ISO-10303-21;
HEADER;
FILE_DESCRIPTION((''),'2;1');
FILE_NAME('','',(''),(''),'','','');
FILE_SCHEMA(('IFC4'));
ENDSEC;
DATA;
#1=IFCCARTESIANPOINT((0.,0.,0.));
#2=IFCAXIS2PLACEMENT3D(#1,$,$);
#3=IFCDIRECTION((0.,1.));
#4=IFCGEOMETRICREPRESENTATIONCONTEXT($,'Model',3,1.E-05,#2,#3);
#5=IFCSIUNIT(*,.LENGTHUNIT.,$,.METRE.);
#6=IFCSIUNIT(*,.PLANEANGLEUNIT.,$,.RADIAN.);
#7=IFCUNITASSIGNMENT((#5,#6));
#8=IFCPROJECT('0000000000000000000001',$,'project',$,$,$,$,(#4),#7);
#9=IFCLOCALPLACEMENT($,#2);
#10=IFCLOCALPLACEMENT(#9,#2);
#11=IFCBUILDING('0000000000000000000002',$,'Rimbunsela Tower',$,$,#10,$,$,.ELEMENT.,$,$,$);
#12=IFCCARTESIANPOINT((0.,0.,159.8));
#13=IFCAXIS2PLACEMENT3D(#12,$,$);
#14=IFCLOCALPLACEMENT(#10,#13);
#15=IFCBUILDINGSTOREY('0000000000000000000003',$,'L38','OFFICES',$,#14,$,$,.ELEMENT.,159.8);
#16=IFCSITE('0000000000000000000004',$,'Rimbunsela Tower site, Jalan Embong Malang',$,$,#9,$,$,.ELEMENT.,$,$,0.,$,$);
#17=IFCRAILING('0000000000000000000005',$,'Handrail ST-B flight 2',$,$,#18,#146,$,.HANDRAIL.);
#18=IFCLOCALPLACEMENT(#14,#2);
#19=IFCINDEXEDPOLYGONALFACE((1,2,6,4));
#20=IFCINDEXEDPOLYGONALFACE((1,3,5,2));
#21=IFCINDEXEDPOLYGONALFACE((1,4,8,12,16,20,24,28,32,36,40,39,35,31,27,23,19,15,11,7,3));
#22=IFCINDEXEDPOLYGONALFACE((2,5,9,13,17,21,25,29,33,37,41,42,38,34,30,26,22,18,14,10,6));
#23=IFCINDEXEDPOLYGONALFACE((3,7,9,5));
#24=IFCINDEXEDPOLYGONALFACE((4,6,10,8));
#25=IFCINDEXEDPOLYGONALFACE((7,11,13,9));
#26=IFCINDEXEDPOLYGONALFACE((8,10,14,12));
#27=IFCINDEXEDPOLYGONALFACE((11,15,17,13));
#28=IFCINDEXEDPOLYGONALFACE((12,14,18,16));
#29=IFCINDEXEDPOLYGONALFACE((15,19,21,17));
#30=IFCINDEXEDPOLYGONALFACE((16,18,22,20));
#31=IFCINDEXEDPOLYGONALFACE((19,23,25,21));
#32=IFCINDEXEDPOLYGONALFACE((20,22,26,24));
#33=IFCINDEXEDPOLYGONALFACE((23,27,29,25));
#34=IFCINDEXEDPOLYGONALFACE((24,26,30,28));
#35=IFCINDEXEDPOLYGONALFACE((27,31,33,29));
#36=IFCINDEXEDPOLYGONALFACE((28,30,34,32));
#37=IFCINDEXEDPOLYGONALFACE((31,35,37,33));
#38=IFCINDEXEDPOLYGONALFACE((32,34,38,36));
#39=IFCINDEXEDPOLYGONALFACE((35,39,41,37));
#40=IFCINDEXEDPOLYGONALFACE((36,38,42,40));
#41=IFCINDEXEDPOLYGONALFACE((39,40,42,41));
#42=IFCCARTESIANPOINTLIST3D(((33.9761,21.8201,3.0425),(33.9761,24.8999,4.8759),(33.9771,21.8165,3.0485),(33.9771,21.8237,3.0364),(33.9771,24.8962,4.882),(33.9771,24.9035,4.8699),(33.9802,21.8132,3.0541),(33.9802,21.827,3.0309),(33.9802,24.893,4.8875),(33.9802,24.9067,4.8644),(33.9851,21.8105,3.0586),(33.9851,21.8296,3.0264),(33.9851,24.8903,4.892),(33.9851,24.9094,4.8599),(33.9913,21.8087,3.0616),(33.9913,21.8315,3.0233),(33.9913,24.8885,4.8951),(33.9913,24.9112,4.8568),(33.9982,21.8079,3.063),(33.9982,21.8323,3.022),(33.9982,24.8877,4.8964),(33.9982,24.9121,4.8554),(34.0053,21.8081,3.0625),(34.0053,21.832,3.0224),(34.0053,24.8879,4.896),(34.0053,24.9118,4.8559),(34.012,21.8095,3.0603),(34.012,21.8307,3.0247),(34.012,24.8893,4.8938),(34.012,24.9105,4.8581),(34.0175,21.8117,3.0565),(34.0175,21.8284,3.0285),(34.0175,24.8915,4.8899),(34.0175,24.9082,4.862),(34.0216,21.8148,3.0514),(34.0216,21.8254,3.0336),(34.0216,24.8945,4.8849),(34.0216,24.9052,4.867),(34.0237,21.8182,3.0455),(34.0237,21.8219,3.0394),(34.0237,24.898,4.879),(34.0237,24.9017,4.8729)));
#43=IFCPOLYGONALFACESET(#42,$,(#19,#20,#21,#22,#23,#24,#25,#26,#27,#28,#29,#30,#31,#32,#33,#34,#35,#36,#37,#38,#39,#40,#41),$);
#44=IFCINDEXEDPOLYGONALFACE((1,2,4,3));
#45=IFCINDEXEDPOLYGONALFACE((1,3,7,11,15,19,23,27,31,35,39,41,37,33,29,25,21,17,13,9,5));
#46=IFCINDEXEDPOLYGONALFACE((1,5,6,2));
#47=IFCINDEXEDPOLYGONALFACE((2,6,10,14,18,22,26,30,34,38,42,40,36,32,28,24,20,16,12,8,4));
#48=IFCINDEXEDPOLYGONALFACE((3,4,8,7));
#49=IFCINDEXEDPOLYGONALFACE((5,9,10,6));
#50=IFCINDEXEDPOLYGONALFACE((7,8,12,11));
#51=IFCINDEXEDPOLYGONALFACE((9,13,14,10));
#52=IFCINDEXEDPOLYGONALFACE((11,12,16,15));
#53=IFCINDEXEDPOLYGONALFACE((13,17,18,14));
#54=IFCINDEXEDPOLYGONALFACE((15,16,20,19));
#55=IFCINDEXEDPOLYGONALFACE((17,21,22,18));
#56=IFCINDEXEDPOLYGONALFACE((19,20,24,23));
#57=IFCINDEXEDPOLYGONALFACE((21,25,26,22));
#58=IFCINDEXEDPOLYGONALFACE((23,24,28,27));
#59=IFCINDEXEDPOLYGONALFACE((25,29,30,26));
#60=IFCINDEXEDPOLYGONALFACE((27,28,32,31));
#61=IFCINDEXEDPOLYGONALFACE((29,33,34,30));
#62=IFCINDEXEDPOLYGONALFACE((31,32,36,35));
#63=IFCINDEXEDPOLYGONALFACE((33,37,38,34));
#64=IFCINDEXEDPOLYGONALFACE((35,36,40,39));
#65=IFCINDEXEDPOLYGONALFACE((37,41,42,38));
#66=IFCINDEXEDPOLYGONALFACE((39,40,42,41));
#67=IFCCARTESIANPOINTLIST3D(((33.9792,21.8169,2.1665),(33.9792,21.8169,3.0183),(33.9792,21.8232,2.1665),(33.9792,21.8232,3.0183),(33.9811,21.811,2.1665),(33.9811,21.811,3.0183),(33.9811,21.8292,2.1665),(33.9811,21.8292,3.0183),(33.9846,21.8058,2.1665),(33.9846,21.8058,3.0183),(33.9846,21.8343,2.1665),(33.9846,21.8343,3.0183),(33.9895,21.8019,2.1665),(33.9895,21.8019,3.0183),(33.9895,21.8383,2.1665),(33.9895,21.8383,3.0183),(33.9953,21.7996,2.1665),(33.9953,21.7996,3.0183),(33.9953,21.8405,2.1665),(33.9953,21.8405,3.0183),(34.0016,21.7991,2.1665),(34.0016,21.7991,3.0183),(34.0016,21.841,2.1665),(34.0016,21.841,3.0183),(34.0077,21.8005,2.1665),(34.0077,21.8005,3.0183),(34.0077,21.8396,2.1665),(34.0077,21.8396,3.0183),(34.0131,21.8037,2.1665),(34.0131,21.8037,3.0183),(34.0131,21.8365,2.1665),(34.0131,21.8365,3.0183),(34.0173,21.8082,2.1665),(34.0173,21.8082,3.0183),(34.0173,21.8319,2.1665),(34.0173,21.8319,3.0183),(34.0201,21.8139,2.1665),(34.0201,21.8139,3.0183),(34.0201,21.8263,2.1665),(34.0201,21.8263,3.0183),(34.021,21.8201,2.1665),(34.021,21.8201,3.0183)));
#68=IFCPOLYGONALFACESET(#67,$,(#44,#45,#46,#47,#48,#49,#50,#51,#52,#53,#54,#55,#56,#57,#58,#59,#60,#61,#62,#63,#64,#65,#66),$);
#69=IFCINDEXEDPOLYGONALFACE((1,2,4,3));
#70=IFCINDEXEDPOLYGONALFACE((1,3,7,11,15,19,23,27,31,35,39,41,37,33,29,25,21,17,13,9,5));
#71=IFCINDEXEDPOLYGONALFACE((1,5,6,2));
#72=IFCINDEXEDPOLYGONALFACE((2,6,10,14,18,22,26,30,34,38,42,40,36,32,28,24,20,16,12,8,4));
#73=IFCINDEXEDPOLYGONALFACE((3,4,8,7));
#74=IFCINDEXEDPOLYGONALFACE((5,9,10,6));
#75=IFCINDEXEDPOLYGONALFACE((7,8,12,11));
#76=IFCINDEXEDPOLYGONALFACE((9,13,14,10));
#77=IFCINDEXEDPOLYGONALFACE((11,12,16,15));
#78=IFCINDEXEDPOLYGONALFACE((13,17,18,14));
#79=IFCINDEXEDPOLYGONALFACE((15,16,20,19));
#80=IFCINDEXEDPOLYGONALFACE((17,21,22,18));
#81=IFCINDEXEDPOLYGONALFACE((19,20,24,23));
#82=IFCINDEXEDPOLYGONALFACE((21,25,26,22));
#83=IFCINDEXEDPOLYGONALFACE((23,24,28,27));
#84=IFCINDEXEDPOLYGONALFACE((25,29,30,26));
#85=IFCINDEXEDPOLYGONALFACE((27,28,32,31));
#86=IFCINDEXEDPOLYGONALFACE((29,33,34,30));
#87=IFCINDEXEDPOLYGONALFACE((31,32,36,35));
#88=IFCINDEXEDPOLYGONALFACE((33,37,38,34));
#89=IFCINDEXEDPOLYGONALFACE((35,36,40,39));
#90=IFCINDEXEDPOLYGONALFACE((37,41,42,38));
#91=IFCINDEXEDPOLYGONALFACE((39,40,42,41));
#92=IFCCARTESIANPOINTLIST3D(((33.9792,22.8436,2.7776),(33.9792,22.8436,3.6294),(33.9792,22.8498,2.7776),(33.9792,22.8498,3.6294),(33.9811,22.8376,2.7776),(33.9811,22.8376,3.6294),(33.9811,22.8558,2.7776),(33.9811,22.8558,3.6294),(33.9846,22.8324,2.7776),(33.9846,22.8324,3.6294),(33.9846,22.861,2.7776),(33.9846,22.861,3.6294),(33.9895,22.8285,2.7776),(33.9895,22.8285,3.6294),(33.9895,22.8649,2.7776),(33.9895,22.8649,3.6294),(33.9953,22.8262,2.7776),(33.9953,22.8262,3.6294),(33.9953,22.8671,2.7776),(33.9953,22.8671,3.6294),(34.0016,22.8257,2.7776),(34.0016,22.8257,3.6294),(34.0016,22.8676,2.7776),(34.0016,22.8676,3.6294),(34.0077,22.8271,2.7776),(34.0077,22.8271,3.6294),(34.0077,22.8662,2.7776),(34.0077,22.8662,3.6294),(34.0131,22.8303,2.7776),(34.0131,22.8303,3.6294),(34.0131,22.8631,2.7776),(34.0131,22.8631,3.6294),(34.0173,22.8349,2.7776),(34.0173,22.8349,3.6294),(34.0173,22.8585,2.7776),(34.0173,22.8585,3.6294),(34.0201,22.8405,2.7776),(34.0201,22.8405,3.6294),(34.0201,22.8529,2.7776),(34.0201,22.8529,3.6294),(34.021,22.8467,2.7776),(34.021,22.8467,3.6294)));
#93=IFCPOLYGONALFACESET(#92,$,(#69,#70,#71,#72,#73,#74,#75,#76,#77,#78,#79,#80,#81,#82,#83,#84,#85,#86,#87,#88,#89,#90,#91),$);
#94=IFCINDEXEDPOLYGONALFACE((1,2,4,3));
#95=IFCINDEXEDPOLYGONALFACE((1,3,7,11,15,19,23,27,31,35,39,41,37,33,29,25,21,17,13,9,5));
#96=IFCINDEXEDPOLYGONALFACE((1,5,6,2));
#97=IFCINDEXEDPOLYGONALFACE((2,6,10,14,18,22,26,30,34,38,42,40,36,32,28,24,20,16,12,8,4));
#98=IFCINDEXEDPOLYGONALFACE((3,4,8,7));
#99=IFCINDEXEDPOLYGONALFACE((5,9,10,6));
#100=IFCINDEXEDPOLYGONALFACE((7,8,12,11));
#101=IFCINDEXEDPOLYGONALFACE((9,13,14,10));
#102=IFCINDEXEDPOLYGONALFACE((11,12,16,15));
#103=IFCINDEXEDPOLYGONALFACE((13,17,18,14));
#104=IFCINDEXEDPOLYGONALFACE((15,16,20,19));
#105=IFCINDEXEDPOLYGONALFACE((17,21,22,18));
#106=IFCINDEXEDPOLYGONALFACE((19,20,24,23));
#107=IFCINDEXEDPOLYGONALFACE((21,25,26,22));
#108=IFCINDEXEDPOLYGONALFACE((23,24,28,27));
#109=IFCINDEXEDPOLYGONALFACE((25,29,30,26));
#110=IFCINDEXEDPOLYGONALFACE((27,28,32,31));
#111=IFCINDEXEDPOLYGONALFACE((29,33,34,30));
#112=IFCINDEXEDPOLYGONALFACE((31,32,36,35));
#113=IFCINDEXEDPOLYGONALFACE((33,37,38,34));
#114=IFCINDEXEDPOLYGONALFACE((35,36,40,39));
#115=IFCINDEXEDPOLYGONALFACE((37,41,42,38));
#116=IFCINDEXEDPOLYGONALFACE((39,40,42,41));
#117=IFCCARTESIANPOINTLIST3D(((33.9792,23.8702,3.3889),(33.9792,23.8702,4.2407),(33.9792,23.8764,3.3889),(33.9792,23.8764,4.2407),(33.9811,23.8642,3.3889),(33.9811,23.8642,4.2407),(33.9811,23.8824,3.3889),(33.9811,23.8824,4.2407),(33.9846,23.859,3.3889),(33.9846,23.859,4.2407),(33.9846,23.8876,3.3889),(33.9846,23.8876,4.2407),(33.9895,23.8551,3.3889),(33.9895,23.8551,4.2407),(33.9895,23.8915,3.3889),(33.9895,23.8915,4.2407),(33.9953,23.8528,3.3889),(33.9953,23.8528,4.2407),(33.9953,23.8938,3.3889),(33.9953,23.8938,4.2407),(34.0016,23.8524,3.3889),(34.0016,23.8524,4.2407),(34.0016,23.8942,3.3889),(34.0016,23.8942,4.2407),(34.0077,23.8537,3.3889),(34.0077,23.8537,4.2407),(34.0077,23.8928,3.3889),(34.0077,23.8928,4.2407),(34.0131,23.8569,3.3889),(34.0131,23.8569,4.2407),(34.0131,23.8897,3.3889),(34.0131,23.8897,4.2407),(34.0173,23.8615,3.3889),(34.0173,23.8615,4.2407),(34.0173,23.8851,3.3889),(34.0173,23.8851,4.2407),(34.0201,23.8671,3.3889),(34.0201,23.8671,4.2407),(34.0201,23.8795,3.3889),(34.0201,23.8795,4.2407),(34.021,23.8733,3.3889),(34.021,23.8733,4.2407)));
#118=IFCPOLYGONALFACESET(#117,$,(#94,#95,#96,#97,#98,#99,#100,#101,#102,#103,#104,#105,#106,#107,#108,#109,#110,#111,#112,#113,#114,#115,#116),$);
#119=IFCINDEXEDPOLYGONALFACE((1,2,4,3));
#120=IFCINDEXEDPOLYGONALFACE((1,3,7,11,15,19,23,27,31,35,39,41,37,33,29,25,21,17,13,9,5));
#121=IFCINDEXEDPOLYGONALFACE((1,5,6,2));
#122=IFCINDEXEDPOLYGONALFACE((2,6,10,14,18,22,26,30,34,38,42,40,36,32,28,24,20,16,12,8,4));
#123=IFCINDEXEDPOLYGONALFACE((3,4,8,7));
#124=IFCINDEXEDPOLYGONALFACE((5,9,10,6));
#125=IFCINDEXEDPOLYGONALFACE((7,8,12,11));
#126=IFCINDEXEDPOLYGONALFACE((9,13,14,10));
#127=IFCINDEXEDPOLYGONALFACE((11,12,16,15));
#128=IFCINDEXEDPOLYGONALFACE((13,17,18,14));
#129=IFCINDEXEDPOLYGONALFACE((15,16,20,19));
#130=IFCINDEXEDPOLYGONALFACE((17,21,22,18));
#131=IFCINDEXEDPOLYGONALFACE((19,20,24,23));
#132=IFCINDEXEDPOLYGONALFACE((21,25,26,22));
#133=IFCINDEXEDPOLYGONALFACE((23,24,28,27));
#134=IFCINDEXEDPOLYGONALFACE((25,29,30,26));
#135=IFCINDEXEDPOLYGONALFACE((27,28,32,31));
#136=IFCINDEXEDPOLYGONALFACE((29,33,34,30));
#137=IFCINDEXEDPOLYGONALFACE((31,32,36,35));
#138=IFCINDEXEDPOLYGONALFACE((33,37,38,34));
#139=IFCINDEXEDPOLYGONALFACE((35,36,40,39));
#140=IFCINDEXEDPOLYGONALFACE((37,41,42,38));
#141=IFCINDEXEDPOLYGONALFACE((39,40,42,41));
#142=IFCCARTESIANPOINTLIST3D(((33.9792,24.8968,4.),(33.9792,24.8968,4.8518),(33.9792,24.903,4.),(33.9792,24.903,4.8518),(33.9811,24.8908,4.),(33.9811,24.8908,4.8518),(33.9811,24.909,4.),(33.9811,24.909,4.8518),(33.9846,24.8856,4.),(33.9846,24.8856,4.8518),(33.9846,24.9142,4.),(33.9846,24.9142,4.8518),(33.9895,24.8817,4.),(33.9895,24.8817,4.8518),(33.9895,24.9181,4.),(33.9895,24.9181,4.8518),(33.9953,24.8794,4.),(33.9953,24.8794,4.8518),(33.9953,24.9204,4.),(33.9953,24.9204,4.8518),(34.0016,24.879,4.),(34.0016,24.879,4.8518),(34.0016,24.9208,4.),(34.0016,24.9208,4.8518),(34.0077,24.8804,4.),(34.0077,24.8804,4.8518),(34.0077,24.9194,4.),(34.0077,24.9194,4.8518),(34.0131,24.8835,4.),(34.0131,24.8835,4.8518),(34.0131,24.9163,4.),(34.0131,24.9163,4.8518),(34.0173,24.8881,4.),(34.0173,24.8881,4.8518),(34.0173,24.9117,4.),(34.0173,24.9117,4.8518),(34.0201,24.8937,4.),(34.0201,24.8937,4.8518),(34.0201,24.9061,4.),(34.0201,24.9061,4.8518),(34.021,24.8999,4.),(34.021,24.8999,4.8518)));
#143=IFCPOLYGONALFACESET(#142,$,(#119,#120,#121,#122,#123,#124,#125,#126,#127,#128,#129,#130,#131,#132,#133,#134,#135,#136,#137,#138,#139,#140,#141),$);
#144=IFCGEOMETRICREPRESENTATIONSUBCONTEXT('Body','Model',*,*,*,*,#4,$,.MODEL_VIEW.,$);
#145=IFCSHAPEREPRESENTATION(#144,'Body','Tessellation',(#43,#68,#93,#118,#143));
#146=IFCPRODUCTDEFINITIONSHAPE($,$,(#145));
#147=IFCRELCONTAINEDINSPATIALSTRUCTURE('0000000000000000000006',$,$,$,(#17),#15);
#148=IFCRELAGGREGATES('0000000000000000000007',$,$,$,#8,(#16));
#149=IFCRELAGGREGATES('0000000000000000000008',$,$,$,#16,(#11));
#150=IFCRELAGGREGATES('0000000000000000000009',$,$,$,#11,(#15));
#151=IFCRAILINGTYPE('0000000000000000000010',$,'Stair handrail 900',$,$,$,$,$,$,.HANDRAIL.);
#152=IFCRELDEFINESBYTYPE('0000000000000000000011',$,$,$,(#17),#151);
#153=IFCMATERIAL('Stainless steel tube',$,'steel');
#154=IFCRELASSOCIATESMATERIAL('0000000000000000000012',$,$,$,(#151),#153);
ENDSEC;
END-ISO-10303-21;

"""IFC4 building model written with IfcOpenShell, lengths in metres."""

from ifc_helpers import new_model, si_unit, direction, frame, origin, origin_2d, place, context, subcontext, project, spatial, circle, extrude, material, type_object, element, save


model = new_model("IFC4")

# Units and contexts
model_context = context("Model", 3, precision=1e-05, world=origin(), true_north=direction((0.0, 1.0)))
body_context = subcontext(model_context, "Body", "Model", "MODEL_VIEW")
ifc_project = project(units=[si_unit("LENGTHUNIT", "METRE"), si_unit("PLANEANGLEUNIT", "RADIAN")], contexts=[model_context])

# Site, building, storey
site_placement = place(None, origin())
site = spatial("IfcSite", under=ifc_project, at=site_placement, Name="Rimbunsela Tower site, Jalan Embong Malang", CompositionType="ELEMENT", RefElevation=0.0)
building_placement = place(site_placement, origin())
building = spatial("IfcBuilding", under=site, at=building_placement, Name="Rimbunsela Tower", CompositionType="ELEMENT")
storey_placement = place(building_placement, frame((0.0, 0.0, 159.8)))
storey = spatial("IfcBuildingStorey", under=building, at=storey_placement, Name="L38", Description="OFFICES", CompositionType="ELEMENT", Elevation=159.8)

# Railing
ifc_material_1 = material(Name="Stainless steel tube", Category="steel")
railing_type = type_object("IfcRailingType", Name="Stair handrail 900", PredefinedType="HANDRAIL", material=ifc_material_1)
railing_placement = place(storey_placement, frame((34.0, 21.8201, 2.1665)))
element("IfcRailing", 1, at=railing_placement, inside=storey, type_object=railing_type, Name="Handrail ST-B flight 2", PredefinedType="HANDRAIL", context=body_context, shape_type="SweptSolid", body=[
    extrude(circle(Radius=0.0239, at=origin_2d()), frame((0.0, 0.0, 0.876), z_axis=(0.0, 0.859261, 0.511538), x_axis=(-1.0, 0.0, 0.0)), (0.0, 0.0, 1.0), 3.5842),
    extrude(circle(Radius=0.021, at=origin_2d()), origin(), (0.0, 0.0, 1.0), 0.8518),
    extrude(circle(Radius=0.021, at=origin_2d()), frame((0.0, 1.0266, 0.6111)), (0.0, 0.0, 1.0), 0.8518),
    extrude(circle(Radius=0.021, at=origin_2d()), frame((0.0, 2.0532, 1.2224)), (0.0, 0.0, 1.0), 0.8518),
    extrude(circle(Radius=0.021, at=origin_2d()), frame((0.0, 3.0798, 1.8335)), (0.0, 0.0, 1.0), 0.8518),
])

save(model, "model.ifc")
